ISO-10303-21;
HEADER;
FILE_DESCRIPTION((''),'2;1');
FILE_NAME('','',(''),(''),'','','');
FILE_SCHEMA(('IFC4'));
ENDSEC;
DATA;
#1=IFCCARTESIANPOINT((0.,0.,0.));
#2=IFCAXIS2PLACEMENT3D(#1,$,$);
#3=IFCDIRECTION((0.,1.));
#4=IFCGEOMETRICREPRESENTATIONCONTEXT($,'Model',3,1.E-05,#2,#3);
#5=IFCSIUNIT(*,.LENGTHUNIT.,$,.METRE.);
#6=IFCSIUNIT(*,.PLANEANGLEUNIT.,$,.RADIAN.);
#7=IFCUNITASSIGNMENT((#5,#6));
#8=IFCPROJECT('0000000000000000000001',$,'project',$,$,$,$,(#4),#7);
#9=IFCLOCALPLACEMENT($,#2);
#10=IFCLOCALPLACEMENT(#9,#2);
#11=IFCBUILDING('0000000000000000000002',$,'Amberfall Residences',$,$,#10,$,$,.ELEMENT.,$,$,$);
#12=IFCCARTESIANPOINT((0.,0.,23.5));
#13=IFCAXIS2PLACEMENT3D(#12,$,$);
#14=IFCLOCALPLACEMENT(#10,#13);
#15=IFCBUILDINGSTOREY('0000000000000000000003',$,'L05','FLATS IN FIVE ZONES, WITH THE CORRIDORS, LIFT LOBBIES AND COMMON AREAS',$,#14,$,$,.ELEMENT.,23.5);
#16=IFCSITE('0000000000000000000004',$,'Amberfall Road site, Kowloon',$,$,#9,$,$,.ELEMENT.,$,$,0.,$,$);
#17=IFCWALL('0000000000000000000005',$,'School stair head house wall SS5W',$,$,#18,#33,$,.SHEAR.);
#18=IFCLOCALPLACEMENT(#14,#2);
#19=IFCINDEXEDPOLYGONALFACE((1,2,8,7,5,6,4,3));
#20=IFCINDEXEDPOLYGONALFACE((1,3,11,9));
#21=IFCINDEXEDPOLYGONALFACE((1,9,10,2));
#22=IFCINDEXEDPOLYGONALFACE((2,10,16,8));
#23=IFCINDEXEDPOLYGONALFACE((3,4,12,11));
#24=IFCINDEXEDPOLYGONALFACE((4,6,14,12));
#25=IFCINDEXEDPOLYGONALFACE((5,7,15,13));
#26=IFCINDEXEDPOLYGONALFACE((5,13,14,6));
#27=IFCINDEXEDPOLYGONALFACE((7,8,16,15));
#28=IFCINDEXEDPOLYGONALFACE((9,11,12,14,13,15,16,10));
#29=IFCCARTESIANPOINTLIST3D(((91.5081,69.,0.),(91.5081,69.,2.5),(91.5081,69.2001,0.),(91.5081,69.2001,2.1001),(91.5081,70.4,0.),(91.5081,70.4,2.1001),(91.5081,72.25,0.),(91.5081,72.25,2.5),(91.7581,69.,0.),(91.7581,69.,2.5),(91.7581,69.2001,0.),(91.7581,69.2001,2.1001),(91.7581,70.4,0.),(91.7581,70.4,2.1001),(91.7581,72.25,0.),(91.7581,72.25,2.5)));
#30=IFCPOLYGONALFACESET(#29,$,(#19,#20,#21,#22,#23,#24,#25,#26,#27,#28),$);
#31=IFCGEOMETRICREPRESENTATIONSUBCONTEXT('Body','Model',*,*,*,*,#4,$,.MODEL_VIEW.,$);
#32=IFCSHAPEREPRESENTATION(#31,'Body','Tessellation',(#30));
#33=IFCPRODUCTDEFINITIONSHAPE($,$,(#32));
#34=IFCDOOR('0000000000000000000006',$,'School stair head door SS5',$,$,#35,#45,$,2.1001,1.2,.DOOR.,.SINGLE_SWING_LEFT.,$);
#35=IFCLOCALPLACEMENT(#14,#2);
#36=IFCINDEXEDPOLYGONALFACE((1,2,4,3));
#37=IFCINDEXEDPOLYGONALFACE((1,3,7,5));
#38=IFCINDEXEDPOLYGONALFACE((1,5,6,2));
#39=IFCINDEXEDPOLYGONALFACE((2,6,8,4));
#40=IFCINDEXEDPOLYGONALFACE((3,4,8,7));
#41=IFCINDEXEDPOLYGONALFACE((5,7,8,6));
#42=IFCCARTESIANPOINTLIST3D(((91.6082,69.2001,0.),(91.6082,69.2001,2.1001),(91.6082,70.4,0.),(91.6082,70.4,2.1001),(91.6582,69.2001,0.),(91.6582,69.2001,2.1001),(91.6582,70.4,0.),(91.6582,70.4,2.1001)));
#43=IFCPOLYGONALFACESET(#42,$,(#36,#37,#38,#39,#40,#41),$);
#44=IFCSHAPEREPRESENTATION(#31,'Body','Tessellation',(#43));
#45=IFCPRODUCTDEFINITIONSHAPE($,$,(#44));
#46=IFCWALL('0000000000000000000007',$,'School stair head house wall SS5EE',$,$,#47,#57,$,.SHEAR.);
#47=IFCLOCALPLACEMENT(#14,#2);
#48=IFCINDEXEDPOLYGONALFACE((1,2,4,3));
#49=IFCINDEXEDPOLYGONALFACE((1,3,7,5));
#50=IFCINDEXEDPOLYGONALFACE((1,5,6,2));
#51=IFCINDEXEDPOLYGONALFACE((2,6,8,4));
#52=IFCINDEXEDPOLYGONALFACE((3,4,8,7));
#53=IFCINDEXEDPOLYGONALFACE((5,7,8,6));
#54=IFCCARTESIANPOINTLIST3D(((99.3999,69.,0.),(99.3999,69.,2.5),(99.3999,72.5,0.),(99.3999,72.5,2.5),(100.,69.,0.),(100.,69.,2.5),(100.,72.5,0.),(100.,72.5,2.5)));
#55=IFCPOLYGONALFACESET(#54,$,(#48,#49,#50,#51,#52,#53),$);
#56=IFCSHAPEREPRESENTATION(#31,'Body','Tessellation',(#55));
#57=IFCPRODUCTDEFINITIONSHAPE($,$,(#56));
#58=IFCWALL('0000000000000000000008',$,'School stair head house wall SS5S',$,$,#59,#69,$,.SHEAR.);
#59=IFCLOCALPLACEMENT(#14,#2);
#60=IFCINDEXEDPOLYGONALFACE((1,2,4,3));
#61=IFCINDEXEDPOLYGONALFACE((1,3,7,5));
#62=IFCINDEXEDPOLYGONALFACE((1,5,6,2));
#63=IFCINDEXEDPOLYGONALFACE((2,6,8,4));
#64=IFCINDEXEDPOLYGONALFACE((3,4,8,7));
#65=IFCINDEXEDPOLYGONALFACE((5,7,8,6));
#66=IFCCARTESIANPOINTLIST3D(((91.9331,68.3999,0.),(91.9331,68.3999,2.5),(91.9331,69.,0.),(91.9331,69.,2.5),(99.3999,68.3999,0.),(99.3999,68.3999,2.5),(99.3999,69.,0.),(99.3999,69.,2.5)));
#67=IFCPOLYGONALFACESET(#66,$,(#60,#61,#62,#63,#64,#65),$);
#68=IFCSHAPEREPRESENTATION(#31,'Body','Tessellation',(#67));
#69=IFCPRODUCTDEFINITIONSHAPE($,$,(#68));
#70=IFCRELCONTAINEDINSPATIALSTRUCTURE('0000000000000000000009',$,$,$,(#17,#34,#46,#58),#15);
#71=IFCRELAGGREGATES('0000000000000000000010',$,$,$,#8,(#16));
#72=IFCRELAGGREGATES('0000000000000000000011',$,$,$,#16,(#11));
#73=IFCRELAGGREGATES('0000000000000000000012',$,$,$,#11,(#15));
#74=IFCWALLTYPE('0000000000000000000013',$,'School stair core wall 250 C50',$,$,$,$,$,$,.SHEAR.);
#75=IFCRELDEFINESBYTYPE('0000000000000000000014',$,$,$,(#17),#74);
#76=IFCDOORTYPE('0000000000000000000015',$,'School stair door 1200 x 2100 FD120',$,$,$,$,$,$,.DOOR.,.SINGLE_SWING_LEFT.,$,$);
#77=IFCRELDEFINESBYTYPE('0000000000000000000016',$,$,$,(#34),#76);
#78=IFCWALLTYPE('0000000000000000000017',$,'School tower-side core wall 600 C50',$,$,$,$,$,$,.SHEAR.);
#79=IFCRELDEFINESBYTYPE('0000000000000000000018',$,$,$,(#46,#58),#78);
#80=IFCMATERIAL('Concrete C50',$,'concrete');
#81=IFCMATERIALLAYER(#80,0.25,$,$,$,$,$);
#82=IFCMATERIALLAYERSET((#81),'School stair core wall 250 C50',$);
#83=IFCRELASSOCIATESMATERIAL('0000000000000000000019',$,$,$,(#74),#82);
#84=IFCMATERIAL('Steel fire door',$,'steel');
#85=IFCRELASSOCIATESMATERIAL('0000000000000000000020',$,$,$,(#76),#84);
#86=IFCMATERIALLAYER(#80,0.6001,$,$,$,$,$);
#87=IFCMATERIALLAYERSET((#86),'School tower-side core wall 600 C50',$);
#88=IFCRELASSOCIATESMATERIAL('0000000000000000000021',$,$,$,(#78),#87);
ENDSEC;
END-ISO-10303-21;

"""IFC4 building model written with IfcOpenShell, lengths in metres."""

from ifc_helpers import new_model, si_unit, direction, frame, frame_2d, origin, place, context, subcontext, project, spatial, rectangle, extrude, material, layer, layer_set, type_object, element, fill, save


model = new_model("IFC4")

# Units and contexts
model_context = context("Model", 3, precision=1e-05, world=origin(), true_north=direction((0.0, 1.0)))
body_context = subcontext(model_context, "Body", "Model", "MODEL_VIEW")
ifc_project = project(units=[si_unit("LENGTHUNIT", "METRE"), si_unit("PLANEANGLEUNIT", "RADIAN")], contexts=[model_context])

# Site, building, storey
site_placement = place(None, origin())
site = spatial("IfcSite", under=ifc_project, at=site_placement, Name="Amberfall Road site, Kowloon", CompositionType="ELEMENT", RefElevation=0.0)
building_placement = place(site_placement, origin())
building = spatial("IfcBuilding", under=site, at=building_placement, Name="Amberfall Residences", CompositionType="ELEMENT")
storey_placement = place(building_placement, frame((0.0, 0.0, 23.5)))
storey = spatial("IfcBuildingStorey", under=building, at=storey_placement, Name="L05", Description="FLATS IN FIVE ZONES, WITH THE CORRIDORS, LIFT LOBBIES AND COMMON AREAS", CompositionType="ELEMENT", Elevation=23.5)

# Shared definitions
ifc_material_1 = material(Name="Concrete C50", Category="concrete")
ifc_layer_1 = layer(ifc_material_1, 0.25)
ifc_layer_set_1 = layer_set([ifc_layer_1], Name="School stair core wall 250 C50")
wall_type_1 = type_object("IfcWallType", Name="School stair core wall 250 C50", PredefinedType="SHEAR", material=ifc_layer_set_1)

# Wall, opening, door
wall_1_placement = place(storey_placement, frame((91.6331, 69.0, 0.0), z_axis=(0.0, 0.0, 1.0), x_axis=(0.0, 1.0, 0.0)))
wall_1 = element("IfcWall", 1, at=wall_1_placement, inside=storey, type_object=wall_type_1, Name="School stair head house wall SS5W", PredefinedType="SHEAR", context=body_context, shape_type="SweptSolid", body=[
    extrude(rectangle(XDim=3.25, YDim=0.25, at=frame_2d((1.625, 0.0))), origin(), (0.0, 0.0, 1.0), 2.5),
])
opening_placement = place(wall_1_placement, frame((0.2, 0.0, 0.0)))
opening = element("IfcOpeningElement", 2, at=opening_placement, cuts=wall_1, PredefinedType="OPENING", context=body_context, shape_type="SweptSolid", body=[
    extrude(rectangle(XDim=1.2, YDim=2.1001, at=frame_2d((0.6001, 1.05))), frame((0.0, 0.135, 0.0), z_axis=(0.0, -1.0, 0.0), x_axis=(1.0, 0.0, 0.0)), (0.0, 0.0, 1.0), 0.27),
])
ifc_material_2 = material(Name="Steel fire door", Category="steel")
door_type = type_object("IfcDoorType", Name="School stair door 1200 x 2100 FD120", OperationType="SINGLE_SWING_LEFT", PredefinedType="DOOR", material=ifc_material_2)
door_placement = place(opening_placement, origin())
door = element("IfcDoor", 3, at=door_placement, inside=storey, type_object=door_type, Name="School stair head door SS5", OperationType="SINGLE_SWING_LEFT", OverallHeight=2.1001, OverallWidth=1.2, PredefinedType="DOOR", context=body_context, shape_type="SweptSolid", body=[
    extrude(rectangle(XDim=1.2, YDim=2.1001, at=frame_2d((0.6001, 1.05))), frame((0.0, 0.0249, 0.0), z_axis=(0.0, -1.0, 0.0), x_axis=(1.0, 0.0, 0.0)), (0.0, 0.0, 1.0), 0.05),
])
fill(opening, door)

# Walls
ifc_layer_2 = layer(ifc_material_1, 0.6001)
ifc_layer_set_2 = layer_set([ifc_layer_2], Name="School tower-side core wall 600 C50")
wall_type_2 = type_object("IfcWallType", Name="School tower-side core wall 600 C50", PredefinedType="SHEAR", material=ifc_layer_set_2)
wall_2_placement = place(storey_placement, frame((99.7, 69.0, 0.0), z_axis=(0.0, 0.0, 1.0), x_axis=(0.0, 1.0, 0.0)))
element("IfcWall", 4, at=wall_2_placement, inside=storey, type_object=wall_type_2, Name="School stair head house wall SS5EE", PredefinedType="SHEAR", context=body_context, shape_type="SweptSolid", body=[
    extrude(rectangle(XDim=3.5, YDim=0.6001, at=frame_2d((1.75, 0.0))), origin(), (0.0, 0.0, 1.0), 2.5),
])
wall_3_placement = place(storey_placement, frame((91.9331, 68.7, 0.0), z_axis=(0.0, 0.0, 1.0), x_axis=(1.0, 0.0, 0.0)))
element("IfcWall", 5, at=wall_3_placement, inside=storey, type_object=wall_type_2, Name="School stair head house wall SS5S", PredefinedType="SHEAR", context=body_context, shape_type="SweptSolid", body=[
    extrude(rectangle(XDim=7.4668, YDim=0.6001, at=frame_2d((3.7334, 0.0))), origin(), (0.0, 0.0, 1.0), 2.5),
])

save(model, "model.ifc")
